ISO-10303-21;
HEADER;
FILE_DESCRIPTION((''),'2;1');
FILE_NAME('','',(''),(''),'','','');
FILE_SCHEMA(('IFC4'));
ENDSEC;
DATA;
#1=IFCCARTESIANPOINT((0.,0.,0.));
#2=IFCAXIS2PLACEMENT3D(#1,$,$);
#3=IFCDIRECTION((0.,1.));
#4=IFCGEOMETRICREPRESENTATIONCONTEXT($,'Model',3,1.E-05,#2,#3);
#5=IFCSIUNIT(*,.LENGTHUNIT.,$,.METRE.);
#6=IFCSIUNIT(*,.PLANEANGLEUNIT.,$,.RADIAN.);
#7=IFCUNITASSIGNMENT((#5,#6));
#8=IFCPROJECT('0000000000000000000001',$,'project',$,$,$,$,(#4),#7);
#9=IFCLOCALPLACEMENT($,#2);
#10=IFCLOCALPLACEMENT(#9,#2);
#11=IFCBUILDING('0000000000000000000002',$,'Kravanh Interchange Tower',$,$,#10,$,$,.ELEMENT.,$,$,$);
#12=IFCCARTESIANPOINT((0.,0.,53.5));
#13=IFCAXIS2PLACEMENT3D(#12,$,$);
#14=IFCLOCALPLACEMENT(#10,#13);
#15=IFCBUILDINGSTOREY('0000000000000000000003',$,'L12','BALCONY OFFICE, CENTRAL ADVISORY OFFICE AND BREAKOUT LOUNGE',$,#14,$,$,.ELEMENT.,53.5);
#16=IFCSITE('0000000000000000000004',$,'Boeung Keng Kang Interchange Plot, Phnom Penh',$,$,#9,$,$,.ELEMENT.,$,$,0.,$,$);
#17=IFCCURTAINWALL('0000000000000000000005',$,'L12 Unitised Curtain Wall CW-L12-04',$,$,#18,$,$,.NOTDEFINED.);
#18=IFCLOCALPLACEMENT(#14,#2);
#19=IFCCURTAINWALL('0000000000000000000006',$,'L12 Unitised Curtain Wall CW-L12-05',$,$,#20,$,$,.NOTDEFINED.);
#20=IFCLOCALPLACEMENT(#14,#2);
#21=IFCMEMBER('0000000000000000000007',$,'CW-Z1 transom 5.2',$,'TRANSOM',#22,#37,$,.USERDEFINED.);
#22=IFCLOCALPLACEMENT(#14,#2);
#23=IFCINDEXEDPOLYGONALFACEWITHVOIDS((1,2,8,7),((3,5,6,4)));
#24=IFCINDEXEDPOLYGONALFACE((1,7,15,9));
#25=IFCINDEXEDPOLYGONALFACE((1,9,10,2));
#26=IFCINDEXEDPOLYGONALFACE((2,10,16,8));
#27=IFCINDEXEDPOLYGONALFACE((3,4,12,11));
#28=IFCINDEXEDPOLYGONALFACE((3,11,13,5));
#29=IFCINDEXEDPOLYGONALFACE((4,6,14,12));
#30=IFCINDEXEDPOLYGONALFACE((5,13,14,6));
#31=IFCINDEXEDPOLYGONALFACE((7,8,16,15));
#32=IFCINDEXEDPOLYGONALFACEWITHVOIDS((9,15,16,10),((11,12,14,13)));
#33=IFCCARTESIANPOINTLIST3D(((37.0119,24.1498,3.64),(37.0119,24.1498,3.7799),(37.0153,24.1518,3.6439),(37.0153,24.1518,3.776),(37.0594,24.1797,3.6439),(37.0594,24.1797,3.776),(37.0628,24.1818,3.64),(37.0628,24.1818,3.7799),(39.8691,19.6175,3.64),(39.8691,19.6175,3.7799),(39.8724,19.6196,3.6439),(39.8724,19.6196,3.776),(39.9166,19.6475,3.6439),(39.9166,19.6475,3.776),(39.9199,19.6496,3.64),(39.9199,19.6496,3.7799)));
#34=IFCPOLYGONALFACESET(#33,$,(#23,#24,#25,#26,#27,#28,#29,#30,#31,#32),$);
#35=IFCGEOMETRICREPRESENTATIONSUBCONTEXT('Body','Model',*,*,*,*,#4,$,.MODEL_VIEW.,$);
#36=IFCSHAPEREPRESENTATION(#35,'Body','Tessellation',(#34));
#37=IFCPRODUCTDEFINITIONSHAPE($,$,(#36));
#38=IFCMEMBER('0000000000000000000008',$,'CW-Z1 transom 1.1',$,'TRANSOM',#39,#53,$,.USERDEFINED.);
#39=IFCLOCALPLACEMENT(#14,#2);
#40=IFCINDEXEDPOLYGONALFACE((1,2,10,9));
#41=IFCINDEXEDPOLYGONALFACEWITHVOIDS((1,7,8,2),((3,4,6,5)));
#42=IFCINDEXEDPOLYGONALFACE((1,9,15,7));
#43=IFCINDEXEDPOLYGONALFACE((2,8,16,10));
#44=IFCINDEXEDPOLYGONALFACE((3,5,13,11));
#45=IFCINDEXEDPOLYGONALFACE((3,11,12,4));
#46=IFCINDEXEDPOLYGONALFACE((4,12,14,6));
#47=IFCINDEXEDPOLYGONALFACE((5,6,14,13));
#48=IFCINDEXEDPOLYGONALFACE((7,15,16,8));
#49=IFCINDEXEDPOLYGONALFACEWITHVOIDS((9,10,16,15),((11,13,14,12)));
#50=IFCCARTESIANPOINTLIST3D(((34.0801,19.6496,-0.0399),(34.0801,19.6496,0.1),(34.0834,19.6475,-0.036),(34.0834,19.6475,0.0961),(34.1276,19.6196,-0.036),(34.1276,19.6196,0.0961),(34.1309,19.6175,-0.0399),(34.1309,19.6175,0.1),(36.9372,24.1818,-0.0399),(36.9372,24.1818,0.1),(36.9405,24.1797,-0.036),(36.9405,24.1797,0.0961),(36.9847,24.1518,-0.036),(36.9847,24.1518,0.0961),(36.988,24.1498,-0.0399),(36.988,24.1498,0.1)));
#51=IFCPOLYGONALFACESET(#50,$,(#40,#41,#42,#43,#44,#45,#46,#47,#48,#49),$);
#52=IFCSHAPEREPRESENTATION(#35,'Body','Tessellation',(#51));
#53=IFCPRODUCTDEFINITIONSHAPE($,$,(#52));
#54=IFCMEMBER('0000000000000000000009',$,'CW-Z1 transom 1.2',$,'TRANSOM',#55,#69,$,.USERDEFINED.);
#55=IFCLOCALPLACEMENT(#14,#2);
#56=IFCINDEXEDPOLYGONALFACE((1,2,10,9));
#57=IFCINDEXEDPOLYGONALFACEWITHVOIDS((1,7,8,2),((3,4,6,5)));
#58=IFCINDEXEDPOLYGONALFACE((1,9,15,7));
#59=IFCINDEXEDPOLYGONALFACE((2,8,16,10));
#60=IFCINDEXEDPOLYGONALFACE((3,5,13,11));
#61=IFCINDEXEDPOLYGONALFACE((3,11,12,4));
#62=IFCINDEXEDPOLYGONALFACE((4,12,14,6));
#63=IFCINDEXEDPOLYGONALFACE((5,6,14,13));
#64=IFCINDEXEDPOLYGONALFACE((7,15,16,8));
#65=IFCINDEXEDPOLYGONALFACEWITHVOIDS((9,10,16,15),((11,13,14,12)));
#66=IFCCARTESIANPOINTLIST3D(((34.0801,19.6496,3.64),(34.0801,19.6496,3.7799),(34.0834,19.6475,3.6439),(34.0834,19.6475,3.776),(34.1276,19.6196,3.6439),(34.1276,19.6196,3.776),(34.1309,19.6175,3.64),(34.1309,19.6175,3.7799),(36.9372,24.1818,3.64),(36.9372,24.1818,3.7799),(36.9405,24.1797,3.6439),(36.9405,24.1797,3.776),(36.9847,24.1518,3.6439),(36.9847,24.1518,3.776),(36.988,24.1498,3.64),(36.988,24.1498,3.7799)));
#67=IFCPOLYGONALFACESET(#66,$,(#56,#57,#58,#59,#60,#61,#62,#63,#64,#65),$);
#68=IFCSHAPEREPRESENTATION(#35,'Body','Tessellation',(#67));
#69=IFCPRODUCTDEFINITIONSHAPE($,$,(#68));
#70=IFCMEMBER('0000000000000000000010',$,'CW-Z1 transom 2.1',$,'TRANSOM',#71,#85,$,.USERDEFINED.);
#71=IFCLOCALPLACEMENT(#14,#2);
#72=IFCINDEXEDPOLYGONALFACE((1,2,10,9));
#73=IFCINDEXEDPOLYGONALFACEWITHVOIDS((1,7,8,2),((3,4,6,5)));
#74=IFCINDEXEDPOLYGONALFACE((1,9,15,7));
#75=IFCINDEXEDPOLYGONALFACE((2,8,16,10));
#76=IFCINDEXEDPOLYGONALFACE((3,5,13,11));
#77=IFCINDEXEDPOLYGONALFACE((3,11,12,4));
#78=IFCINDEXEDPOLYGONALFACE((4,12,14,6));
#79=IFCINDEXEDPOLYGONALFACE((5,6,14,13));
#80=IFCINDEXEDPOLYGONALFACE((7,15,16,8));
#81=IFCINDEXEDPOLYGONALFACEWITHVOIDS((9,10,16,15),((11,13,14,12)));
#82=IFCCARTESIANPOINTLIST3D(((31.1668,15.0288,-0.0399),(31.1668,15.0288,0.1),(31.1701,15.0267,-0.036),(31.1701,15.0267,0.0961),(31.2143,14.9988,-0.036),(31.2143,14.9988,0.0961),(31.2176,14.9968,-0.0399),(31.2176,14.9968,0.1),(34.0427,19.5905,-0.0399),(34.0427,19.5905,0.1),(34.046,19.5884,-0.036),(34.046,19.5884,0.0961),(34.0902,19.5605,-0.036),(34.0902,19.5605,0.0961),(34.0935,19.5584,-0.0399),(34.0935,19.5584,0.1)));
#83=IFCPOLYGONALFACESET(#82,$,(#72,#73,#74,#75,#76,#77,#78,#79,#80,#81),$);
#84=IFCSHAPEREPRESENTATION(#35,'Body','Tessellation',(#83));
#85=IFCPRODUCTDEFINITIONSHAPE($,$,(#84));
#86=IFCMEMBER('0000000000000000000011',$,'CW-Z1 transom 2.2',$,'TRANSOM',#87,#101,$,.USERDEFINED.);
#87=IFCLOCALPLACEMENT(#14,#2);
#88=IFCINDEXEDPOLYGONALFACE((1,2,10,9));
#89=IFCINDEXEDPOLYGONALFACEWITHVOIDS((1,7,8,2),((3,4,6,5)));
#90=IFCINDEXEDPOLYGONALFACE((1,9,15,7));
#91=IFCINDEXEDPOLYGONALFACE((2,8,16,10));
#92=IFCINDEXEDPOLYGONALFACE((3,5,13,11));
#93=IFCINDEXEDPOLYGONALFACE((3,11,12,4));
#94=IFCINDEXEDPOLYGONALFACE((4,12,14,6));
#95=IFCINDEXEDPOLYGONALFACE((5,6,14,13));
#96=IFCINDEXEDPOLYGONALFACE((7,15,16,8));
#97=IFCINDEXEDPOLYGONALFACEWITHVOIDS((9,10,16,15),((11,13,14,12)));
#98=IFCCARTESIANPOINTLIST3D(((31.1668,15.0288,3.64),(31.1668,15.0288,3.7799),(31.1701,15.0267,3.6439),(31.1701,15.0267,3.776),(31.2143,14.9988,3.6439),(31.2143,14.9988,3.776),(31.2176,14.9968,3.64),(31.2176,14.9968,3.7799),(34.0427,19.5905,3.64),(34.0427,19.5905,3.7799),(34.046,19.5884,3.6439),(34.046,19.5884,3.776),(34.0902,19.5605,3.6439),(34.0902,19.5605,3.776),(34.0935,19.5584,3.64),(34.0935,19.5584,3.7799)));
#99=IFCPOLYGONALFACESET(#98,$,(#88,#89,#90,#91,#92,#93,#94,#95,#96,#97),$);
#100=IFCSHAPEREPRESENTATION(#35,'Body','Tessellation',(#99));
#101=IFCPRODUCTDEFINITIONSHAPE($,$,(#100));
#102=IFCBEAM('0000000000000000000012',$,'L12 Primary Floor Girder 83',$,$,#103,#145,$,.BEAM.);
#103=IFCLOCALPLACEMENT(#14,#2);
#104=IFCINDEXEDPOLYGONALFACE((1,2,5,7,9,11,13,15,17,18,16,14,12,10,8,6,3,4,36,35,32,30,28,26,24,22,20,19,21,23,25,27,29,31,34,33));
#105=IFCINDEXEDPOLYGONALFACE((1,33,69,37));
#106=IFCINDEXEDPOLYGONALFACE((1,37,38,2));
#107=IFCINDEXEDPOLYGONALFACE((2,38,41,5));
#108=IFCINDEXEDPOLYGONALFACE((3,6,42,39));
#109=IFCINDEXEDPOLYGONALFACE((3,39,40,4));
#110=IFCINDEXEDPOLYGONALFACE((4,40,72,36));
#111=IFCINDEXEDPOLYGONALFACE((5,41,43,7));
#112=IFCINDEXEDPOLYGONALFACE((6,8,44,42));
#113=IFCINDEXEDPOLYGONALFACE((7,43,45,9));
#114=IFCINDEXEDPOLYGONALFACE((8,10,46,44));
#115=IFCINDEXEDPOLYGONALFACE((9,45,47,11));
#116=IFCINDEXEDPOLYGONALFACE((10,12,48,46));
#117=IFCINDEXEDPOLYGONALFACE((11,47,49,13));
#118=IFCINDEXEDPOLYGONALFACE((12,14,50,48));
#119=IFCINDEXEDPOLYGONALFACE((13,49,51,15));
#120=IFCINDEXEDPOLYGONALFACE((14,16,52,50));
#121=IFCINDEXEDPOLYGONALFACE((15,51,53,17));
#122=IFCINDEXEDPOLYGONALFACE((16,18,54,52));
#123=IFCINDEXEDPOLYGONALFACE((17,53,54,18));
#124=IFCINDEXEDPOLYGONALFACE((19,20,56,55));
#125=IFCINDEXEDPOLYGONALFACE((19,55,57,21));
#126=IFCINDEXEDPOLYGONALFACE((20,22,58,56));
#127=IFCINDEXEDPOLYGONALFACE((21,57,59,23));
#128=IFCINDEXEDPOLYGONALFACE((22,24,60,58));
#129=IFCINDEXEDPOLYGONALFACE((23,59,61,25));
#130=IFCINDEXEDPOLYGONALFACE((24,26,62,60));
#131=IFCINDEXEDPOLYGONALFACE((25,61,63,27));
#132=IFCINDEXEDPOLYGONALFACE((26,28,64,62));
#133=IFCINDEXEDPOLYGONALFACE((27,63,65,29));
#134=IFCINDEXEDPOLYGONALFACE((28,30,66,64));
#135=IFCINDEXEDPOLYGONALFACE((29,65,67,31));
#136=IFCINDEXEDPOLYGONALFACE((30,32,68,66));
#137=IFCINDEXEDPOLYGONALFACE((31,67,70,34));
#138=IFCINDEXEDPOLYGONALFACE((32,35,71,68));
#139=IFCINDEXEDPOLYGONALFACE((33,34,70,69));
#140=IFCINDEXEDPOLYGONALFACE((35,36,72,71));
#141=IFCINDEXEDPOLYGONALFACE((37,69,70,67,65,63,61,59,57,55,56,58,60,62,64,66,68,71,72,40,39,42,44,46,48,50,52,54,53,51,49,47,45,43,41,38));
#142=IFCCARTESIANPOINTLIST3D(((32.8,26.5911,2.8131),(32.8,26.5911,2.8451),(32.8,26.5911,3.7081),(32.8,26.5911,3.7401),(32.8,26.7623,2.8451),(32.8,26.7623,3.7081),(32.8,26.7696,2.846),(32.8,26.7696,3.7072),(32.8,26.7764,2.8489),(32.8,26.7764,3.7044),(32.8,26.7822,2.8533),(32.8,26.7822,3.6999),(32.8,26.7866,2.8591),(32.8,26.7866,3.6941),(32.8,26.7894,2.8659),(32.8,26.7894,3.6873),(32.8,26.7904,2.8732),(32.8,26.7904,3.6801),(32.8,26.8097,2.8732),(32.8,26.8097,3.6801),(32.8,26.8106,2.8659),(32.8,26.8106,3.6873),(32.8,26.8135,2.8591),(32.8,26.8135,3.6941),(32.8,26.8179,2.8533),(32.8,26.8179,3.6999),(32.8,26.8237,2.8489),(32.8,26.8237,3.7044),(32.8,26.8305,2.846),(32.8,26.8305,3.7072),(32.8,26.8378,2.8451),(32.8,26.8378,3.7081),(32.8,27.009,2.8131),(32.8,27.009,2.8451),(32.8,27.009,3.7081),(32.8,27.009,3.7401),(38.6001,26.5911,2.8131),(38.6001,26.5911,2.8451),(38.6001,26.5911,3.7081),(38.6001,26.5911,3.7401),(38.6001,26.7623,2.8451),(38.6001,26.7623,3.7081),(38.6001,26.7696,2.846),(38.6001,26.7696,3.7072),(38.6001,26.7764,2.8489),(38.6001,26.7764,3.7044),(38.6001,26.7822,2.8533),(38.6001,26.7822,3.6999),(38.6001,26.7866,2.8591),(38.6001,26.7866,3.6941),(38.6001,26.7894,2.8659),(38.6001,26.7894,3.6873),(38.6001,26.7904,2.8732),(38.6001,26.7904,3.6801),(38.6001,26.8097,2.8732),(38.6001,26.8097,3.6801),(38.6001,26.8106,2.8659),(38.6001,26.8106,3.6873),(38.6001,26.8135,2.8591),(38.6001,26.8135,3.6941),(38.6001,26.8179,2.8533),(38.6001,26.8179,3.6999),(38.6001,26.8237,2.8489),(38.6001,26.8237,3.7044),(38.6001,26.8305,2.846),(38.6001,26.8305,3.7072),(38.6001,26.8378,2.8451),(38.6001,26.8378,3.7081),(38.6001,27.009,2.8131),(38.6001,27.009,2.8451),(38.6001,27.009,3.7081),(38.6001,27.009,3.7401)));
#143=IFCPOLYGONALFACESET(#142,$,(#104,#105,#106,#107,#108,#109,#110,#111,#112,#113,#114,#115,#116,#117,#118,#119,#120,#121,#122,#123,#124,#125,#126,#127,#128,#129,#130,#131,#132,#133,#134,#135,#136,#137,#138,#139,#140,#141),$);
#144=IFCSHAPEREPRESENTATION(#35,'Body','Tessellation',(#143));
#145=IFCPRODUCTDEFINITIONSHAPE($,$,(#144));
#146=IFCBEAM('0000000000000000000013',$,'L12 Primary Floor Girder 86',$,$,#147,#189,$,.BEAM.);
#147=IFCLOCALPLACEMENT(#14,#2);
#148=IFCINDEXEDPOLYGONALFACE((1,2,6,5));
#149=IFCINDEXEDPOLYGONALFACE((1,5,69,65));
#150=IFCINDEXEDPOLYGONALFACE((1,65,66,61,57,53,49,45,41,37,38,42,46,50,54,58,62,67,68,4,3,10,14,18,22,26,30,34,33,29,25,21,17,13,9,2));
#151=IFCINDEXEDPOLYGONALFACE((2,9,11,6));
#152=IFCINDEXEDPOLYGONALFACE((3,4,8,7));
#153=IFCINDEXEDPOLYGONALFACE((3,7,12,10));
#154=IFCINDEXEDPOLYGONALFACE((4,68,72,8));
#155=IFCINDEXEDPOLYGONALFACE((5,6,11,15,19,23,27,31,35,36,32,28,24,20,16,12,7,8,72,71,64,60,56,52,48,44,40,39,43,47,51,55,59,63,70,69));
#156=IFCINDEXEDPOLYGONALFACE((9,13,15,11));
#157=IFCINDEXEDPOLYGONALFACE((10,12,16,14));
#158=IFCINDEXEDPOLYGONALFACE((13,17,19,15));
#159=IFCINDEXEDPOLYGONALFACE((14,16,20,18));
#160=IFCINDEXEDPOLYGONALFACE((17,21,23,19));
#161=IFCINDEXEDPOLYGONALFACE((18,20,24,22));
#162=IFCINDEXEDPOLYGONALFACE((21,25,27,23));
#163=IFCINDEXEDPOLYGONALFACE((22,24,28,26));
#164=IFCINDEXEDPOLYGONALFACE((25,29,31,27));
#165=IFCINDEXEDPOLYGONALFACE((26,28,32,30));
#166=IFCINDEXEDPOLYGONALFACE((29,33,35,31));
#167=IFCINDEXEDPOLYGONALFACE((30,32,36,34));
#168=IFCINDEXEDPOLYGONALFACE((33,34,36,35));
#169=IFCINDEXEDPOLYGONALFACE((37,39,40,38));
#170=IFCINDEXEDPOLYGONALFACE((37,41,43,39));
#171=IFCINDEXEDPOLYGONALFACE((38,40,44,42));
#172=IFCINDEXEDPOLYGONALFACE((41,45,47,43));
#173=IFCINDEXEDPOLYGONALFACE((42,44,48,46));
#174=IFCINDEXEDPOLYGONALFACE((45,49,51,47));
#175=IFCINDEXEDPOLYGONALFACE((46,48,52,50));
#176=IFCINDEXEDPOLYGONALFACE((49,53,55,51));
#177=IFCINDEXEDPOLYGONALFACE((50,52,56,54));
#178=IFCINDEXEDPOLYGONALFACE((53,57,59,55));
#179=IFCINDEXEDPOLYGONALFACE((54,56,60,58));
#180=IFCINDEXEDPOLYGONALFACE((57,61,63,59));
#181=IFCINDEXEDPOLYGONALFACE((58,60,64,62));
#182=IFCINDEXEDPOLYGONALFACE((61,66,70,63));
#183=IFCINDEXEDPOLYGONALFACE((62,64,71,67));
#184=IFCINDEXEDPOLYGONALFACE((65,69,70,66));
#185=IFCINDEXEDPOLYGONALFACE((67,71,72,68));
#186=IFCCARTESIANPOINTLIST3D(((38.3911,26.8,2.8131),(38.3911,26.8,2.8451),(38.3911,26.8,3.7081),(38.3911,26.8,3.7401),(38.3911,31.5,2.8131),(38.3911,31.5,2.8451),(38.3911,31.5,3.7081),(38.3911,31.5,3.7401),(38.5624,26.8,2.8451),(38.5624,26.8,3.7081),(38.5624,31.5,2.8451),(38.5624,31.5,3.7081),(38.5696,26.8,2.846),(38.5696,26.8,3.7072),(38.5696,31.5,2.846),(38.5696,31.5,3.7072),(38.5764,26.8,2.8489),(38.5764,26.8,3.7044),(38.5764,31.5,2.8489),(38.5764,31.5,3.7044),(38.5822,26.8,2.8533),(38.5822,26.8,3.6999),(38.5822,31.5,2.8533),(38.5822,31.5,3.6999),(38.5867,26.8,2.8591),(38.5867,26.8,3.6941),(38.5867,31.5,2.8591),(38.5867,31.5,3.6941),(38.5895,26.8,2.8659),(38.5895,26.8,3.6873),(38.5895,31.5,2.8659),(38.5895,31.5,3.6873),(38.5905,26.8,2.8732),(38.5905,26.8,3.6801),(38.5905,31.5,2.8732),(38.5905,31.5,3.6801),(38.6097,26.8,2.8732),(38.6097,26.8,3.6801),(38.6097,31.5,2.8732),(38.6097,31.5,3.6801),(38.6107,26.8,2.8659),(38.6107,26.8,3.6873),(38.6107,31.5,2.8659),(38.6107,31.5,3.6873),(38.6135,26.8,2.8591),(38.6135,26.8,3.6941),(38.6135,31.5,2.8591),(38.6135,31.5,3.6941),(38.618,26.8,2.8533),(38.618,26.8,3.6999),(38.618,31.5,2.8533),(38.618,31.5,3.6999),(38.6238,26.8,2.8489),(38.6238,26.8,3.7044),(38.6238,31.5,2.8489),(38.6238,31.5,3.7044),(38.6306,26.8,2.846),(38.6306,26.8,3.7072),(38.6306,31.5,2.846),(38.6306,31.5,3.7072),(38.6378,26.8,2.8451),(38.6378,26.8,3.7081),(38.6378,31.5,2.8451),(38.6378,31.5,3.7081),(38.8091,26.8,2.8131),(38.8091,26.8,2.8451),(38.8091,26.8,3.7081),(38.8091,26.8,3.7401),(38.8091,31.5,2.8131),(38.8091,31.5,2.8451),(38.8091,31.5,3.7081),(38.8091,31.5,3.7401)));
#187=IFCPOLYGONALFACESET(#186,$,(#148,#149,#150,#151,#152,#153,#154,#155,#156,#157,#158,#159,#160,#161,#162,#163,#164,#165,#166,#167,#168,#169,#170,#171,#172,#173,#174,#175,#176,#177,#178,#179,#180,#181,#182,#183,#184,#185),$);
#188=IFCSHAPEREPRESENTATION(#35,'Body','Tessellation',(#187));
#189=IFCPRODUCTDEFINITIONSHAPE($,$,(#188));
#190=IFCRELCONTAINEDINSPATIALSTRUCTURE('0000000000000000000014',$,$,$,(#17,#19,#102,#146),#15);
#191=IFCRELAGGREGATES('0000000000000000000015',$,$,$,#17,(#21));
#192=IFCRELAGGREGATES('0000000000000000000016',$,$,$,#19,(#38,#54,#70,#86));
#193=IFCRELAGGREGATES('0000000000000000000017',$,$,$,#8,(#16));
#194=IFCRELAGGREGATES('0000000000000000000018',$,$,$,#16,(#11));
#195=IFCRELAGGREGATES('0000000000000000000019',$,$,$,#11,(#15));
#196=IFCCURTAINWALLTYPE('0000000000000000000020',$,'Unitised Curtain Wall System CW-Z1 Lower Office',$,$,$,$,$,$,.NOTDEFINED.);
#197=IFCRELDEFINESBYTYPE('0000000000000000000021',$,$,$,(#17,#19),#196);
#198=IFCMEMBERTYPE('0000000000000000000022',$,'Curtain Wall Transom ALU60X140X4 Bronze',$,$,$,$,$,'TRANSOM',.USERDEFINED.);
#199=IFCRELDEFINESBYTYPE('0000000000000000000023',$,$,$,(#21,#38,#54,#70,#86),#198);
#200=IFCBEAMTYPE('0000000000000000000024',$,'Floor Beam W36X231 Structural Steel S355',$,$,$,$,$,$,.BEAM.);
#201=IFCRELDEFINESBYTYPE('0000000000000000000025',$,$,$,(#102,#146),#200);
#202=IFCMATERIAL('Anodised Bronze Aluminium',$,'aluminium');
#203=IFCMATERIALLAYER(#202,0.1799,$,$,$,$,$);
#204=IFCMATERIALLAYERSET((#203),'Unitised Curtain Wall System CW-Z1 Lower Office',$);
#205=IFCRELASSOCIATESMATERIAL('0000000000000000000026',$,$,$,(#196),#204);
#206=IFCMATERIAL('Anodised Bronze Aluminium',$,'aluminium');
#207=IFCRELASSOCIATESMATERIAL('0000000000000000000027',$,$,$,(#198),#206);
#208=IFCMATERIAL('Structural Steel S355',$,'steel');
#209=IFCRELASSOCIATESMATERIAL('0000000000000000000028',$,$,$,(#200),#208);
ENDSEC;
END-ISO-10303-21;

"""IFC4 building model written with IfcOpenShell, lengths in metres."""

from ifc_helpers import new_model, si_unit, direction, frame, origin, origin_2d, place, context, subcontext, project, spatial, hollow_rectangle, i_section, extrude, material, layer, layer_set, material_profile, profile_set, type_object, element, aggregate, save


model = new_model("IFC4")

# Units and contexts
model_context = context("Model", 3, precision=1e-05, world=origin(), true_north=direction((0.0, 1.0)))
body_context = subcontext(model_context, "Body", "Model", "MODEL_VIEW")
ifc_project = project(units=[si_unit("LENGTHUNIT", "METRE"), si_unit("PLANEANGLEUNIT", "RADIAN")], contexts=[model_context])

# Site, building, storey
site_placement = place(None, origin())
site = spatial("IfcSite", under=ifc_project, at=site_placement, Name="Boeung Keng Kang Interchange Plot, Phnom Penh", CompositionType="ELEMENT", RefElevation=0.0)
building_placement = place(site_placement, origin())
building = spatial("IfcBuilding", under=site, at=building_placement, Name="Kravanh Interchange Tower", CompositionType="ELEMENT")
storey_placement = place(building_placement, frame((0.0, 0.0, 53.5)))
storey = spatial("IfcBuildingStorey", under=building, at=storey_placement, Name="L12", Description="BALCONY OFFICE, CENTRAL ADVISORY OFFICE AND BREAKOUT LOUNGE", CompositionType="ELEMENT", Elevation=53.5)

# Curtain walls
ifc_material_1 = material(Name="Anodised Bronze Aluminium", Category="aluminium")
ifc_layer_1 = layer(ifc_material_1, 0.1799)
ifc_layer_set_1 = layer_set([ifc_layer_1], Name="Unitised Curtain Wall System CW-Z1 Lower Office")
curtain_wall_type = type_object("IfcCurtainWallType", Name="Unitised Curtain Wall System CW-Z1 Lower Office", PredefinedType="NOTDEFINED", material=ifc_layer_set_1)
curtain_wall_1_placement = place(storey_placement, origin())
curtain_wall_1 = element("IfcCurtainWall", 1, at=curtain_wall_1_placement, inside=storey, type_object=curtain_wall_type, Name="L12 Unitised Curtain Wall CW-L12-04", PredefinedType="NOTDEFINED")
curtain_wall_2_placement = place(storey_placement, origin())
curtain_wall_2 = element("IfcCurtainWall", 2, at=curtain_wall_2_placement, inside=storey, type_object=curtain_wall_type, Name="L12 Unitised Curtain Wall CW-L12-05", PredefinedType="NOTDEFINED")

# Members
ifc_material_2 = material(Name="Anodised Bronze Aluminium", Category="aluminium")
ifc_material_profile_1 = material_profile(ifc_material_2, hollow_rectangle(XDim=0.0601, YDim=0.1399, WallThickness=0.0039, at=origin_2d()), Name="ALU60X140X4")
ifc_profile_set_1 = profile_set([ifc_material_profile_1], Name="Anodised Bronze Aluminium")
member_type_1 = type_object("IfcMemberType", Name="Curtain Wall Transom ALU60X140X4 Bronze", ElementType="TRANSOM", PredefinedType="USERDEFINED", material=ifc_profile_set_1)
member_1_placement = place(storey_placement, frame((39.8945, 19.6335, 3.71), z_axis=(-0.533288, 0.845934, 0.0), x_axis=(-0.845934, -0.533288, 0.0)))
member_1 = element("IfcMember", 3, at=member_1_placement, type_object=member_type_1, Name="CW-Z1 transom 5.2", ObjectType="TRANSOM", PredefinedType="USERDEFINED", context=body_context, shape_type="SweptSolid", body=[
    extrude(hollow_rectangle(XDim=0.0601, YDim=0.1399, WallThickness=0.0039, at=origin_2d()), origin(), (0.0, 0.0, 1.0), 5.3577),
])
member_2_placement = place(storey_placement, frame((36.9626, 24.1658, 0.03), z_axis=(-0.533288, -0.845934, 0.0), x_axis=(0.845934, -0.533288, 0.0)))
member_2 = element("IfcMember", 4, at=member_2_placement, type_object=member_type_1, Name="CW-Z1 transom 1.1", ObjectType="TRANSOM", PredefinedType="USERDEFINED", context=body_context, shape_type="SweptSolid", body=[
    extrude(hollow_rectangle(XDim=0.0601, YDim=0.1399, WallThickness=0.0039, at=origin_2d()), origin(), (0.0, 0.0, 1.0), 5.3577),
])
member_3_placement = place(storey_placement, frame((36.9626, 24.1658, 3.71), z_axis=(-0.533288, -0.845934, 0.0), x_axis=(0.845934, -0.533288, 0.0)))
member_3 = element("IfcMember", 5, at=member_3_placement, type_object=member_type_1, Name="CW-Z1 transom 1.2", ObjectType="TRANSOM", PredefinedType="USERDEFINED", context=body_context, shape_type="SweptSolid", body=[
    extrude(hollow_rectangle(XDim=0.0601, YDim=0.1399, WallThickness=0.0039, at=origin_2d()), origin(), (0.0, 0.0, 1.0), 5.3577),
])
member_4_placement = place(storey_placement, frame((34.0681, 19.5745, 0.03), z_axis=(-0.533311, -0.845919, 0.0), x_axis=(0.845919, -0.533311, 0.0)))
member_4 = element("IfcMember", 6, at=member_4_placement, type_object=member_type_1, Name="CW-Z1 transom 2.1", ObjectType="TRANSOM", PredefinedType="USERDEFINED", context=body_context, shape_type="SweptSolid", body=[
    extrude(hollow_rectangle(XDim=0.0601, YDim=0.1399, WallThickness=0.0039, at=origin_2d()), origin(), (0.0, 0.0, 1.0), 5.3926),
])
member_5_placement = place(storey_placement, frame((34.0681, 19.5745, 3.71), z_axis=(-0.533311, -0.845919, 0.0), x_axis=(0.845919, -0.533311, 0.0)))
member_5 = element("IfcMember", 7, at=member_5_placement, type_object=member_type_1, Name="CW-Z1 transom 2.2", ObjectType="TRANSOM", PredefinedType="USERDEFINED", context=body_context, shape_type="SweptSolid", body=[
    extrude(hollow_rectangle(XDim=0.0601, YDim=0.1399, WallThickness=0.0039, at=origin_2d()), origin(), (0.0, 0.0, 1.0), 5.3926),
])

# Beams
ifc_material_3 = material(Name="Structural Steel S355", Category="steel")
ifc_material_profile_2 = material_profile(ifc_material_3, i_section(OverallWidth=0.418, OverallDepth=0.927, WebThickness=0.0193, FlangeThickness=0.032, FilletRadius=0.0281, at=origin_2d()), Name="W36X231")
ifc_profile_set_2 = profile_set([ifc_material_profile_2], Name="Structural Steel S355")
beam_type_1 = type_object("IfcBeamType", Name="Floor Beam W36X231 Structural Steel S355", PredefinedType="BEAM", material=ifc_profile_set_2)
beam_1_placement = place(storey_placement, frame((32.8, 26.8, 3.2766), z_axis=(1.0, 0.0, 0.0), x_axis=(0.0, 1.0, 0.0)))
element("IfcBeam", 8, at=beam_1_placement, inside=storey, type_object=beam_type_1, Name="L12 Primary Floor Girder 83", PredefinedType="BEAM", context=body_context, shape_type="SweptSolid", body=[
    extrude(i_section(OverallWidth=0.418, OverallDepth=0.927, WebThickness=0.0193, FlangeThickness=0.032, FilletRadius=0.0281, at=origin_2d()), origin(), (0.0, 0.0, 1.0), 5.8),
])
beam_2_placement = place(storey_placement, frame((38.6001, 26.8, 3.2766), z_axis=(0.0, 1.0, 0.0), x_axis=(-1.0, 0.0, 0.0)))
element("IfcBeam", 9, at=beam_2_placement, inside=storey, type_object=beam_type_1, Name="L12 Primary Floor Girder 86", PredefinedType="BEAM", context=body_context, shape_type="SweptSolid", body=[
    extrude(i_section(OverallWidth=0.418, OverallDepth=0.927, WebThickness=0.0193, FlangeThickness=0.032, FilletRadius=0.0281, at=origin_2d()), origin(), (0.0, 0.0, 1.0), 4.7),
])

aggregate(curtain_wall_1, [member_1])
aggregate(curtain_wall_2, [member_2, member_3, member_4, member_5])

save(model, "model.ifc")
